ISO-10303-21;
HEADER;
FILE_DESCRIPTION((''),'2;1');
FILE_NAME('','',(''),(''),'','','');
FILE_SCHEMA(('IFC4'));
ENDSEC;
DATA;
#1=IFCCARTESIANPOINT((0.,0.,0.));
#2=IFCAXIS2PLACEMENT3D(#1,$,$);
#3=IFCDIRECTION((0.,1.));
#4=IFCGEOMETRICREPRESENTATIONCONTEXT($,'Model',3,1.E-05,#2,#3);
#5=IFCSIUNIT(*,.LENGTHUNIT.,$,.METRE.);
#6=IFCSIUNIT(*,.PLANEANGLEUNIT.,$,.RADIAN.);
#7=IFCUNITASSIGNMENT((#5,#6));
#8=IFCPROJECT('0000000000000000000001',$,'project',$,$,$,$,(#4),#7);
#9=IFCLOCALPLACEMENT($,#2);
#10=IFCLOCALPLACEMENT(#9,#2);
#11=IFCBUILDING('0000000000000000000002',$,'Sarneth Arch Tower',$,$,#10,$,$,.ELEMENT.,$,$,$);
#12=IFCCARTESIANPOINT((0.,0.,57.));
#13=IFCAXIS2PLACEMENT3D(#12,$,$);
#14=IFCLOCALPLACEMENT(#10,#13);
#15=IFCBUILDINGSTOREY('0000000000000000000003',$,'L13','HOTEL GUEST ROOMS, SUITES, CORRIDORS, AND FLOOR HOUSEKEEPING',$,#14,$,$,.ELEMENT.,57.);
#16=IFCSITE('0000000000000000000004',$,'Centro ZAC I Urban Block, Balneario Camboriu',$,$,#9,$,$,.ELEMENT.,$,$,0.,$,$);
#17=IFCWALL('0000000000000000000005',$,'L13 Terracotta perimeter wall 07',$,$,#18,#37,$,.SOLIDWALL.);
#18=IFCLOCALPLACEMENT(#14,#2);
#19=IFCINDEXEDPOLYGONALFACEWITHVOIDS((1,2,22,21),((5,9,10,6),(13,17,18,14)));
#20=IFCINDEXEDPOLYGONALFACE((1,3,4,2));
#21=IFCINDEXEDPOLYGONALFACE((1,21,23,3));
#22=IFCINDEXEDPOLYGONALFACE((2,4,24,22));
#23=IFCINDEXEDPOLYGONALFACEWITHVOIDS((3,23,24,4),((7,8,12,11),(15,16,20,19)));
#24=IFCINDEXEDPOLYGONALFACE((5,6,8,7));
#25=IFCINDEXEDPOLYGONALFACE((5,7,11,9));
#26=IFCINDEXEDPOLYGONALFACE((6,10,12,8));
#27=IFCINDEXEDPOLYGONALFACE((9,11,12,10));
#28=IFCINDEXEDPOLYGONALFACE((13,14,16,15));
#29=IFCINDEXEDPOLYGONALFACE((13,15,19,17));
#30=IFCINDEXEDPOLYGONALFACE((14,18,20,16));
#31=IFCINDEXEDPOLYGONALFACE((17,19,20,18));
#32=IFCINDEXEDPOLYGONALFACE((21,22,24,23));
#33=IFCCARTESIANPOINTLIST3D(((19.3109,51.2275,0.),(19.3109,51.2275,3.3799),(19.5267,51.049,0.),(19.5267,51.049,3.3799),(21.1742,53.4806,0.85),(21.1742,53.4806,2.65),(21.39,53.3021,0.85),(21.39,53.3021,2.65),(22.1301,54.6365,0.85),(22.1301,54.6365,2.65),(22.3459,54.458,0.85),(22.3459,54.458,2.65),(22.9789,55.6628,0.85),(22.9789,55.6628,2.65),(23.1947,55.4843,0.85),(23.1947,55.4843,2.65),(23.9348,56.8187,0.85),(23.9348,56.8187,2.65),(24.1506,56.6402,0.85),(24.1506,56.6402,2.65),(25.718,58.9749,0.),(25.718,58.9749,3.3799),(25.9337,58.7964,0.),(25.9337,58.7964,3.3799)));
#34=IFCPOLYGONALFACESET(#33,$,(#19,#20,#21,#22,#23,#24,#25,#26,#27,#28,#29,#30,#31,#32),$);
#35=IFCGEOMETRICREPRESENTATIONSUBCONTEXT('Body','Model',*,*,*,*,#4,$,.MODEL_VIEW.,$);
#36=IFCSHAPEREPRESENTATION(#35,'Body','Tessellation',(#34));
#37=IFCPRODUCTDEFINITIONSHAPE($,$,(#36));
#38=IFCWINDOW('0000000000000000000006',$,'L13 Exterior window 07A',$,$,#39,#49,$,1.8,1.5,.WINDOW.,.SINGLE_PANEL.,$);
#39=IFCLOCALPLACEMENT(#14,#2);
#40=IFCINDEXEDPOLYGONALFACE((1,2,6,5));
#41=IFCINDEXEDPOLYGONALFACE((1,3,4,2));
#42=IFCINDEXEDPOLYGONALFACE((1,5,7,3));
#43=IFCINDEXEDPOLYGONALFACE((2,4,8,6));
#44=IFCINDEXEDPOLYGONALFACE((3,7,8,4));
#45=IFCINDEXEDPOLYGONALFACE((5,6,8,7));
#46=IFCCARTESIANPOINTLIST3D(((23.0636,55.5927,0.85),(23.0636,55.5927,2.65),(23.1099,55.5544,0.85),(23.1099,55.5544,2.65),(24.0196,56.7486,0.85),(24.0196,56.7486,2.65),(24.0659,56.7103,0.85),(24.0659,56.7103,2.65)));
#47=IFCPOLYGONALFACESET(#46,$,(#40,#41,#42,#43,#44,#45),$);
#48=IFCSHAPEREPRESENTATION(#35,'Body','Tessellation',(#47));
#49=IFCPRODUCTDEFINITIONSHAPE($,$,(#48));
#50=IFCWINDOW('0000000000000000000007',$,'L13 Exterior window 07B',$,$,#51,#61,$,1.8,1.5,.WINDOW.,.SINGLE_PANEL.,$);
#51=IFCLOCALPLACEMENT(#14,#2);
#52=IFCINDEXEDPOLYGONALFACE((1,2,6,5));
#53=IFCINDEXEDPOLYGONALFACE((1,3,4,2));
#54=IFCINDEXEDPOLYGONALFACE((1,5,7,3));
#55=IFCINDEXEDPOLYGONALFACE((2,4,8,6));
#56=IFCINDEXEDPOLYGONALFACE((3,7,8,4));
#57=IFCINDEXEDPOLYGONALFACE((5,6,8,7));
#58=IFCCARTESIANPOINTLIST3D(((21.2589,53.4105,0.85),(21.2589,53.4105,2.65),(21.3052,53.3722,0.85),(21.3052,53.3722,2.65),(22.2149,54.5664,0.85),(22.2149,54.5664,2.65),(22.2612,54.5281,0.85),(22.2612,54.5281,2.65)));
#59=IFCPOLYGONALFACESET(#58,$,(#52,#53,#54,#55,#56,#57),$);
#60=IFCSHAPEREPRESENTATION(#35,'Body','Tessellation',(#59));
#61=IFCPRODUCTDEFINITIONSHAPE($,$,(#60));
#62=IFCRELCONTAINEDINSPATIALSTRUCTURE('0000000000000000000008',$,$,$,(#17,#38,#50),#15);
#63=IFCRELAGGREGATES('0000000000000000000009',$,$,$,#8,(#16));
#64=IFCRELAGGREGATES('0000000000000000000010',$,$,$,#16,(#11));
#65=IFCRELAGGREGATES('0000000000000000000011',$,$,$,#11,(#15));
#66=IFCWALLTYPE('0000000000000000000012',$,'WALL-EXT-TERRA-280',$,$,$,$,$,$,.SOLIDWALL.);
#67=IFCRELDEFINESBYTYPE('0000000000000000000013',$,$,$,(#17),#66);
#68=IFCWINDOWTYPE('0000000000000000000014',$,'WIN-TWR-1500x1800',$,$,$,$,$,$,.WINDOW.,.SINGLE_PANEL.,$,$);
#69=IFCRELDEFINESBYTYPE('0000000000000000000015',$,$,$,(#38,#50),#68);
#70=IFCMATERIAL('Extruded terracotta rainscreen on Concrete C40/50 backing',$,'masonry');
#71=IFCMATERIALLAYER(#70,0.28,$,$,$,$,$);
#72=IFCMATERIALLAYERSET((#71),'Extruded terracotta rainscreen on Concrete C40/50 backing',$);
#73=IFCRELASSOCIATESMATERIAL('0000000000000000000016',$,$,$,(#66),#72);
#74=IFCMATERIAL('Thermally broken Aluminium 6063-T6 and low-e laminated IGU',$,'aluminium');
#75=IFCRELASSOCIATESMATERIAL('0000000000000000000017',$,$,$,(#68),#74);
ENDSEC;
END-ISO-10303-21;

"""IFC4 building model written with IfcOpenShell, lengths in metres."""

from ifc_helpers import new_model, si_unit, direction, frame, frame_2d, origin, place, context, subcontext, project, spatial, rectangle, extrude, material, layer, layer_set, type_object, element, fill, save


model = new_model("IFC4")

# Units and contexts
model_context = context("Model", 3, precision=1e-05, world=origin(), true_north=direction((0.0, 1.0)))
body_context = subcontext(model_context, "Body", "Model", "MODEL_VIEW")
ifc_project = project(units=[si_unit("LENGTHUNIT", "METRE"), si_unit("PLANEANGLEUNIT", "RADIAN")], contexts=[model_context])

# Site, building, storey
site_placement = place(None, origin())
site = spatial("IfcSite", under=ifc_project, at=site_placement, Name="Centro ZAC I Urban Block, Balneario Camboriu", CompositionType="ELEMENT", RefElevation=0.0)
building_placement = place(site_placement, origin())
building = spatial("IfcBuilding", under=site, at=building_placement, Name="Sarneth Arch Tower", CompositionType="ELEMENT")
storey_placement = place(building_placement, frame((0.0, 0.0, 57.0)))
storey = spatial("IfcBuildingStorey", under=building, at=storey_placement, Name="L13", Description="HOTEL GUEST ROOMS, SUITES, CORRIDORS, AND FLOOR HOUSEKEEPING", CompositionType="ELEMENT", Elevation=57.0)

# Wall, openings, windows
ifc_material_1 = material(Name="Extruded terracotta rainscreen on Concrete C40/50 backing", Category="masonry")
ifc_layer_1 = layer(ifc_material_1, 0.28)
ifc_layer_set_1 = layer_set([ifc_layer_1], Name="Extruded terracotta rainscreen on Concrete C40/50 backing")
wall_type = type_object("IfcWallType", Name="WALL-EXT-TERRA-280", PredefinedType="SOLIDWALL", material=ifc_layer_set_1)
wall_placement = place(storey_placement, frame((25.8259, 58.8857, 0.0), z_axis=(0.0, 0.0, 1.0), x_axis=(-0.637297, -0.770618, 0.0)))
wall = element("IfcWall", 1, at=wall_placement, inside=storey, type_object=wall_type, Name="L13 Terracotta perimeter wall 07", PredefinedType="SOLIDWALL", context=body_context, shape_type="SweptSolid", body=[
    extrude(rectangle(XDim=10.0535, YDim=0.28, at=frame_2d((5.0269, 0.0))), origin(), (0.0, 0.0, 1.0), 3.3799),
])
opening_1_placement = place(wall_placement, frame((2.7981, 0.0, 0.8501)))
opening_1 = element("IfcOpeningElement", 2, at=opening_1_placement, cuts=wall, PredefinedType="OPENING", context=body_context, shape_type="SweptSolid", body=[
    extrude(rectangle(XDim=1.5, YDim=1.8, at=frame_2d((0.75, 0.8999))), frame((0.0, 0.1499, 0.0), z_axis=(0.0, -1.0, 0.0), x_axis=(1.0, 0.0, 0.0)), (0.0, 0.0, 1.0), 0.3),
])
opening_2_placement = place(wall_placement, frame((5.6299, 0.0, 0.8501)))
opening_2 = element("IfcOpeningElement", 3, at=opening_2_placement, cuts=wall, PredefinedType="OPENING", context=body_context, shape_type="SweptSolid", body=[
    extrude(rectangle(XDim=1.5, YDim=1.8, at=frame_2d((0.75, 0.8999))), frame((0.0, 0.1499, 0.0), z_axis=(0.0, -1.0, 0.0), x_axis=(1.0, 0.0, 0.0)), (0.0, 0.0, 1.0), 0.3),
])
ifc_material_2 = material(Name="Thermally broken Aluminium 6063-T6 and low-e laminated IGU", Category="aluminium")
window_type = type_object("IfcWindowType", Name="WIN-TWR-1500x1800", PartitioningType="SINGLE_PANEL", PredefinedType="WINDOW", material=ifc_material_2)
window_1_placement = place(opening_1_placement, origin())
window_1 = element("IfcWindow", 4, at=window_1_placement, inside=storey, type_object=window_type, Name="L13 Exterior window 07A", OverallHeight=1.8, OverallWidth=1.5, PartitioningType="SINGLE_PANEL", PredefinedType="WINDOW", context=body_context, shape_type="SweptSolid", body=[
    extrude(rectangle(XDim=1.5, YDim=1.8, at=frame_2d((0.75, 0.8999))), frame((0.0, 0.03, 0.0), z_axis=(0.0, -1.0, 0.0), x_axis=(1.0, 0.0, 0.0)), (0.0, 0.0, 1.0), 0.0601),
])
fill(opening_1, window_1)
window_2_placement = place(opening_2_placement, origin())
window_2 = element("IfcWindow", 5, at=window_2_placement, inside=storey, type_object=window_type, Name="L13 Exterior window 07B", OverallHeight=1.8, OverallWidth=1.5, PartitioningType="SINGLE_PANEL", PredefinedType="WINDOW", context=body_context, shape_type="SweptSolid", body=[
    extrude(rectangle(XDim=1.5, YDim=1.8, at=frame_2d((0.75, 0.8999))), frame((0.0, 0.03, 0.0), z_axis=(0.0, -1.0, 0.0), x_axis=(1.0, 0.0, 0.0)), (0.0, 0.0, 1.0), 0.0601),
])
fill(opening_2, window_2)

save(model, "model.ifc")
